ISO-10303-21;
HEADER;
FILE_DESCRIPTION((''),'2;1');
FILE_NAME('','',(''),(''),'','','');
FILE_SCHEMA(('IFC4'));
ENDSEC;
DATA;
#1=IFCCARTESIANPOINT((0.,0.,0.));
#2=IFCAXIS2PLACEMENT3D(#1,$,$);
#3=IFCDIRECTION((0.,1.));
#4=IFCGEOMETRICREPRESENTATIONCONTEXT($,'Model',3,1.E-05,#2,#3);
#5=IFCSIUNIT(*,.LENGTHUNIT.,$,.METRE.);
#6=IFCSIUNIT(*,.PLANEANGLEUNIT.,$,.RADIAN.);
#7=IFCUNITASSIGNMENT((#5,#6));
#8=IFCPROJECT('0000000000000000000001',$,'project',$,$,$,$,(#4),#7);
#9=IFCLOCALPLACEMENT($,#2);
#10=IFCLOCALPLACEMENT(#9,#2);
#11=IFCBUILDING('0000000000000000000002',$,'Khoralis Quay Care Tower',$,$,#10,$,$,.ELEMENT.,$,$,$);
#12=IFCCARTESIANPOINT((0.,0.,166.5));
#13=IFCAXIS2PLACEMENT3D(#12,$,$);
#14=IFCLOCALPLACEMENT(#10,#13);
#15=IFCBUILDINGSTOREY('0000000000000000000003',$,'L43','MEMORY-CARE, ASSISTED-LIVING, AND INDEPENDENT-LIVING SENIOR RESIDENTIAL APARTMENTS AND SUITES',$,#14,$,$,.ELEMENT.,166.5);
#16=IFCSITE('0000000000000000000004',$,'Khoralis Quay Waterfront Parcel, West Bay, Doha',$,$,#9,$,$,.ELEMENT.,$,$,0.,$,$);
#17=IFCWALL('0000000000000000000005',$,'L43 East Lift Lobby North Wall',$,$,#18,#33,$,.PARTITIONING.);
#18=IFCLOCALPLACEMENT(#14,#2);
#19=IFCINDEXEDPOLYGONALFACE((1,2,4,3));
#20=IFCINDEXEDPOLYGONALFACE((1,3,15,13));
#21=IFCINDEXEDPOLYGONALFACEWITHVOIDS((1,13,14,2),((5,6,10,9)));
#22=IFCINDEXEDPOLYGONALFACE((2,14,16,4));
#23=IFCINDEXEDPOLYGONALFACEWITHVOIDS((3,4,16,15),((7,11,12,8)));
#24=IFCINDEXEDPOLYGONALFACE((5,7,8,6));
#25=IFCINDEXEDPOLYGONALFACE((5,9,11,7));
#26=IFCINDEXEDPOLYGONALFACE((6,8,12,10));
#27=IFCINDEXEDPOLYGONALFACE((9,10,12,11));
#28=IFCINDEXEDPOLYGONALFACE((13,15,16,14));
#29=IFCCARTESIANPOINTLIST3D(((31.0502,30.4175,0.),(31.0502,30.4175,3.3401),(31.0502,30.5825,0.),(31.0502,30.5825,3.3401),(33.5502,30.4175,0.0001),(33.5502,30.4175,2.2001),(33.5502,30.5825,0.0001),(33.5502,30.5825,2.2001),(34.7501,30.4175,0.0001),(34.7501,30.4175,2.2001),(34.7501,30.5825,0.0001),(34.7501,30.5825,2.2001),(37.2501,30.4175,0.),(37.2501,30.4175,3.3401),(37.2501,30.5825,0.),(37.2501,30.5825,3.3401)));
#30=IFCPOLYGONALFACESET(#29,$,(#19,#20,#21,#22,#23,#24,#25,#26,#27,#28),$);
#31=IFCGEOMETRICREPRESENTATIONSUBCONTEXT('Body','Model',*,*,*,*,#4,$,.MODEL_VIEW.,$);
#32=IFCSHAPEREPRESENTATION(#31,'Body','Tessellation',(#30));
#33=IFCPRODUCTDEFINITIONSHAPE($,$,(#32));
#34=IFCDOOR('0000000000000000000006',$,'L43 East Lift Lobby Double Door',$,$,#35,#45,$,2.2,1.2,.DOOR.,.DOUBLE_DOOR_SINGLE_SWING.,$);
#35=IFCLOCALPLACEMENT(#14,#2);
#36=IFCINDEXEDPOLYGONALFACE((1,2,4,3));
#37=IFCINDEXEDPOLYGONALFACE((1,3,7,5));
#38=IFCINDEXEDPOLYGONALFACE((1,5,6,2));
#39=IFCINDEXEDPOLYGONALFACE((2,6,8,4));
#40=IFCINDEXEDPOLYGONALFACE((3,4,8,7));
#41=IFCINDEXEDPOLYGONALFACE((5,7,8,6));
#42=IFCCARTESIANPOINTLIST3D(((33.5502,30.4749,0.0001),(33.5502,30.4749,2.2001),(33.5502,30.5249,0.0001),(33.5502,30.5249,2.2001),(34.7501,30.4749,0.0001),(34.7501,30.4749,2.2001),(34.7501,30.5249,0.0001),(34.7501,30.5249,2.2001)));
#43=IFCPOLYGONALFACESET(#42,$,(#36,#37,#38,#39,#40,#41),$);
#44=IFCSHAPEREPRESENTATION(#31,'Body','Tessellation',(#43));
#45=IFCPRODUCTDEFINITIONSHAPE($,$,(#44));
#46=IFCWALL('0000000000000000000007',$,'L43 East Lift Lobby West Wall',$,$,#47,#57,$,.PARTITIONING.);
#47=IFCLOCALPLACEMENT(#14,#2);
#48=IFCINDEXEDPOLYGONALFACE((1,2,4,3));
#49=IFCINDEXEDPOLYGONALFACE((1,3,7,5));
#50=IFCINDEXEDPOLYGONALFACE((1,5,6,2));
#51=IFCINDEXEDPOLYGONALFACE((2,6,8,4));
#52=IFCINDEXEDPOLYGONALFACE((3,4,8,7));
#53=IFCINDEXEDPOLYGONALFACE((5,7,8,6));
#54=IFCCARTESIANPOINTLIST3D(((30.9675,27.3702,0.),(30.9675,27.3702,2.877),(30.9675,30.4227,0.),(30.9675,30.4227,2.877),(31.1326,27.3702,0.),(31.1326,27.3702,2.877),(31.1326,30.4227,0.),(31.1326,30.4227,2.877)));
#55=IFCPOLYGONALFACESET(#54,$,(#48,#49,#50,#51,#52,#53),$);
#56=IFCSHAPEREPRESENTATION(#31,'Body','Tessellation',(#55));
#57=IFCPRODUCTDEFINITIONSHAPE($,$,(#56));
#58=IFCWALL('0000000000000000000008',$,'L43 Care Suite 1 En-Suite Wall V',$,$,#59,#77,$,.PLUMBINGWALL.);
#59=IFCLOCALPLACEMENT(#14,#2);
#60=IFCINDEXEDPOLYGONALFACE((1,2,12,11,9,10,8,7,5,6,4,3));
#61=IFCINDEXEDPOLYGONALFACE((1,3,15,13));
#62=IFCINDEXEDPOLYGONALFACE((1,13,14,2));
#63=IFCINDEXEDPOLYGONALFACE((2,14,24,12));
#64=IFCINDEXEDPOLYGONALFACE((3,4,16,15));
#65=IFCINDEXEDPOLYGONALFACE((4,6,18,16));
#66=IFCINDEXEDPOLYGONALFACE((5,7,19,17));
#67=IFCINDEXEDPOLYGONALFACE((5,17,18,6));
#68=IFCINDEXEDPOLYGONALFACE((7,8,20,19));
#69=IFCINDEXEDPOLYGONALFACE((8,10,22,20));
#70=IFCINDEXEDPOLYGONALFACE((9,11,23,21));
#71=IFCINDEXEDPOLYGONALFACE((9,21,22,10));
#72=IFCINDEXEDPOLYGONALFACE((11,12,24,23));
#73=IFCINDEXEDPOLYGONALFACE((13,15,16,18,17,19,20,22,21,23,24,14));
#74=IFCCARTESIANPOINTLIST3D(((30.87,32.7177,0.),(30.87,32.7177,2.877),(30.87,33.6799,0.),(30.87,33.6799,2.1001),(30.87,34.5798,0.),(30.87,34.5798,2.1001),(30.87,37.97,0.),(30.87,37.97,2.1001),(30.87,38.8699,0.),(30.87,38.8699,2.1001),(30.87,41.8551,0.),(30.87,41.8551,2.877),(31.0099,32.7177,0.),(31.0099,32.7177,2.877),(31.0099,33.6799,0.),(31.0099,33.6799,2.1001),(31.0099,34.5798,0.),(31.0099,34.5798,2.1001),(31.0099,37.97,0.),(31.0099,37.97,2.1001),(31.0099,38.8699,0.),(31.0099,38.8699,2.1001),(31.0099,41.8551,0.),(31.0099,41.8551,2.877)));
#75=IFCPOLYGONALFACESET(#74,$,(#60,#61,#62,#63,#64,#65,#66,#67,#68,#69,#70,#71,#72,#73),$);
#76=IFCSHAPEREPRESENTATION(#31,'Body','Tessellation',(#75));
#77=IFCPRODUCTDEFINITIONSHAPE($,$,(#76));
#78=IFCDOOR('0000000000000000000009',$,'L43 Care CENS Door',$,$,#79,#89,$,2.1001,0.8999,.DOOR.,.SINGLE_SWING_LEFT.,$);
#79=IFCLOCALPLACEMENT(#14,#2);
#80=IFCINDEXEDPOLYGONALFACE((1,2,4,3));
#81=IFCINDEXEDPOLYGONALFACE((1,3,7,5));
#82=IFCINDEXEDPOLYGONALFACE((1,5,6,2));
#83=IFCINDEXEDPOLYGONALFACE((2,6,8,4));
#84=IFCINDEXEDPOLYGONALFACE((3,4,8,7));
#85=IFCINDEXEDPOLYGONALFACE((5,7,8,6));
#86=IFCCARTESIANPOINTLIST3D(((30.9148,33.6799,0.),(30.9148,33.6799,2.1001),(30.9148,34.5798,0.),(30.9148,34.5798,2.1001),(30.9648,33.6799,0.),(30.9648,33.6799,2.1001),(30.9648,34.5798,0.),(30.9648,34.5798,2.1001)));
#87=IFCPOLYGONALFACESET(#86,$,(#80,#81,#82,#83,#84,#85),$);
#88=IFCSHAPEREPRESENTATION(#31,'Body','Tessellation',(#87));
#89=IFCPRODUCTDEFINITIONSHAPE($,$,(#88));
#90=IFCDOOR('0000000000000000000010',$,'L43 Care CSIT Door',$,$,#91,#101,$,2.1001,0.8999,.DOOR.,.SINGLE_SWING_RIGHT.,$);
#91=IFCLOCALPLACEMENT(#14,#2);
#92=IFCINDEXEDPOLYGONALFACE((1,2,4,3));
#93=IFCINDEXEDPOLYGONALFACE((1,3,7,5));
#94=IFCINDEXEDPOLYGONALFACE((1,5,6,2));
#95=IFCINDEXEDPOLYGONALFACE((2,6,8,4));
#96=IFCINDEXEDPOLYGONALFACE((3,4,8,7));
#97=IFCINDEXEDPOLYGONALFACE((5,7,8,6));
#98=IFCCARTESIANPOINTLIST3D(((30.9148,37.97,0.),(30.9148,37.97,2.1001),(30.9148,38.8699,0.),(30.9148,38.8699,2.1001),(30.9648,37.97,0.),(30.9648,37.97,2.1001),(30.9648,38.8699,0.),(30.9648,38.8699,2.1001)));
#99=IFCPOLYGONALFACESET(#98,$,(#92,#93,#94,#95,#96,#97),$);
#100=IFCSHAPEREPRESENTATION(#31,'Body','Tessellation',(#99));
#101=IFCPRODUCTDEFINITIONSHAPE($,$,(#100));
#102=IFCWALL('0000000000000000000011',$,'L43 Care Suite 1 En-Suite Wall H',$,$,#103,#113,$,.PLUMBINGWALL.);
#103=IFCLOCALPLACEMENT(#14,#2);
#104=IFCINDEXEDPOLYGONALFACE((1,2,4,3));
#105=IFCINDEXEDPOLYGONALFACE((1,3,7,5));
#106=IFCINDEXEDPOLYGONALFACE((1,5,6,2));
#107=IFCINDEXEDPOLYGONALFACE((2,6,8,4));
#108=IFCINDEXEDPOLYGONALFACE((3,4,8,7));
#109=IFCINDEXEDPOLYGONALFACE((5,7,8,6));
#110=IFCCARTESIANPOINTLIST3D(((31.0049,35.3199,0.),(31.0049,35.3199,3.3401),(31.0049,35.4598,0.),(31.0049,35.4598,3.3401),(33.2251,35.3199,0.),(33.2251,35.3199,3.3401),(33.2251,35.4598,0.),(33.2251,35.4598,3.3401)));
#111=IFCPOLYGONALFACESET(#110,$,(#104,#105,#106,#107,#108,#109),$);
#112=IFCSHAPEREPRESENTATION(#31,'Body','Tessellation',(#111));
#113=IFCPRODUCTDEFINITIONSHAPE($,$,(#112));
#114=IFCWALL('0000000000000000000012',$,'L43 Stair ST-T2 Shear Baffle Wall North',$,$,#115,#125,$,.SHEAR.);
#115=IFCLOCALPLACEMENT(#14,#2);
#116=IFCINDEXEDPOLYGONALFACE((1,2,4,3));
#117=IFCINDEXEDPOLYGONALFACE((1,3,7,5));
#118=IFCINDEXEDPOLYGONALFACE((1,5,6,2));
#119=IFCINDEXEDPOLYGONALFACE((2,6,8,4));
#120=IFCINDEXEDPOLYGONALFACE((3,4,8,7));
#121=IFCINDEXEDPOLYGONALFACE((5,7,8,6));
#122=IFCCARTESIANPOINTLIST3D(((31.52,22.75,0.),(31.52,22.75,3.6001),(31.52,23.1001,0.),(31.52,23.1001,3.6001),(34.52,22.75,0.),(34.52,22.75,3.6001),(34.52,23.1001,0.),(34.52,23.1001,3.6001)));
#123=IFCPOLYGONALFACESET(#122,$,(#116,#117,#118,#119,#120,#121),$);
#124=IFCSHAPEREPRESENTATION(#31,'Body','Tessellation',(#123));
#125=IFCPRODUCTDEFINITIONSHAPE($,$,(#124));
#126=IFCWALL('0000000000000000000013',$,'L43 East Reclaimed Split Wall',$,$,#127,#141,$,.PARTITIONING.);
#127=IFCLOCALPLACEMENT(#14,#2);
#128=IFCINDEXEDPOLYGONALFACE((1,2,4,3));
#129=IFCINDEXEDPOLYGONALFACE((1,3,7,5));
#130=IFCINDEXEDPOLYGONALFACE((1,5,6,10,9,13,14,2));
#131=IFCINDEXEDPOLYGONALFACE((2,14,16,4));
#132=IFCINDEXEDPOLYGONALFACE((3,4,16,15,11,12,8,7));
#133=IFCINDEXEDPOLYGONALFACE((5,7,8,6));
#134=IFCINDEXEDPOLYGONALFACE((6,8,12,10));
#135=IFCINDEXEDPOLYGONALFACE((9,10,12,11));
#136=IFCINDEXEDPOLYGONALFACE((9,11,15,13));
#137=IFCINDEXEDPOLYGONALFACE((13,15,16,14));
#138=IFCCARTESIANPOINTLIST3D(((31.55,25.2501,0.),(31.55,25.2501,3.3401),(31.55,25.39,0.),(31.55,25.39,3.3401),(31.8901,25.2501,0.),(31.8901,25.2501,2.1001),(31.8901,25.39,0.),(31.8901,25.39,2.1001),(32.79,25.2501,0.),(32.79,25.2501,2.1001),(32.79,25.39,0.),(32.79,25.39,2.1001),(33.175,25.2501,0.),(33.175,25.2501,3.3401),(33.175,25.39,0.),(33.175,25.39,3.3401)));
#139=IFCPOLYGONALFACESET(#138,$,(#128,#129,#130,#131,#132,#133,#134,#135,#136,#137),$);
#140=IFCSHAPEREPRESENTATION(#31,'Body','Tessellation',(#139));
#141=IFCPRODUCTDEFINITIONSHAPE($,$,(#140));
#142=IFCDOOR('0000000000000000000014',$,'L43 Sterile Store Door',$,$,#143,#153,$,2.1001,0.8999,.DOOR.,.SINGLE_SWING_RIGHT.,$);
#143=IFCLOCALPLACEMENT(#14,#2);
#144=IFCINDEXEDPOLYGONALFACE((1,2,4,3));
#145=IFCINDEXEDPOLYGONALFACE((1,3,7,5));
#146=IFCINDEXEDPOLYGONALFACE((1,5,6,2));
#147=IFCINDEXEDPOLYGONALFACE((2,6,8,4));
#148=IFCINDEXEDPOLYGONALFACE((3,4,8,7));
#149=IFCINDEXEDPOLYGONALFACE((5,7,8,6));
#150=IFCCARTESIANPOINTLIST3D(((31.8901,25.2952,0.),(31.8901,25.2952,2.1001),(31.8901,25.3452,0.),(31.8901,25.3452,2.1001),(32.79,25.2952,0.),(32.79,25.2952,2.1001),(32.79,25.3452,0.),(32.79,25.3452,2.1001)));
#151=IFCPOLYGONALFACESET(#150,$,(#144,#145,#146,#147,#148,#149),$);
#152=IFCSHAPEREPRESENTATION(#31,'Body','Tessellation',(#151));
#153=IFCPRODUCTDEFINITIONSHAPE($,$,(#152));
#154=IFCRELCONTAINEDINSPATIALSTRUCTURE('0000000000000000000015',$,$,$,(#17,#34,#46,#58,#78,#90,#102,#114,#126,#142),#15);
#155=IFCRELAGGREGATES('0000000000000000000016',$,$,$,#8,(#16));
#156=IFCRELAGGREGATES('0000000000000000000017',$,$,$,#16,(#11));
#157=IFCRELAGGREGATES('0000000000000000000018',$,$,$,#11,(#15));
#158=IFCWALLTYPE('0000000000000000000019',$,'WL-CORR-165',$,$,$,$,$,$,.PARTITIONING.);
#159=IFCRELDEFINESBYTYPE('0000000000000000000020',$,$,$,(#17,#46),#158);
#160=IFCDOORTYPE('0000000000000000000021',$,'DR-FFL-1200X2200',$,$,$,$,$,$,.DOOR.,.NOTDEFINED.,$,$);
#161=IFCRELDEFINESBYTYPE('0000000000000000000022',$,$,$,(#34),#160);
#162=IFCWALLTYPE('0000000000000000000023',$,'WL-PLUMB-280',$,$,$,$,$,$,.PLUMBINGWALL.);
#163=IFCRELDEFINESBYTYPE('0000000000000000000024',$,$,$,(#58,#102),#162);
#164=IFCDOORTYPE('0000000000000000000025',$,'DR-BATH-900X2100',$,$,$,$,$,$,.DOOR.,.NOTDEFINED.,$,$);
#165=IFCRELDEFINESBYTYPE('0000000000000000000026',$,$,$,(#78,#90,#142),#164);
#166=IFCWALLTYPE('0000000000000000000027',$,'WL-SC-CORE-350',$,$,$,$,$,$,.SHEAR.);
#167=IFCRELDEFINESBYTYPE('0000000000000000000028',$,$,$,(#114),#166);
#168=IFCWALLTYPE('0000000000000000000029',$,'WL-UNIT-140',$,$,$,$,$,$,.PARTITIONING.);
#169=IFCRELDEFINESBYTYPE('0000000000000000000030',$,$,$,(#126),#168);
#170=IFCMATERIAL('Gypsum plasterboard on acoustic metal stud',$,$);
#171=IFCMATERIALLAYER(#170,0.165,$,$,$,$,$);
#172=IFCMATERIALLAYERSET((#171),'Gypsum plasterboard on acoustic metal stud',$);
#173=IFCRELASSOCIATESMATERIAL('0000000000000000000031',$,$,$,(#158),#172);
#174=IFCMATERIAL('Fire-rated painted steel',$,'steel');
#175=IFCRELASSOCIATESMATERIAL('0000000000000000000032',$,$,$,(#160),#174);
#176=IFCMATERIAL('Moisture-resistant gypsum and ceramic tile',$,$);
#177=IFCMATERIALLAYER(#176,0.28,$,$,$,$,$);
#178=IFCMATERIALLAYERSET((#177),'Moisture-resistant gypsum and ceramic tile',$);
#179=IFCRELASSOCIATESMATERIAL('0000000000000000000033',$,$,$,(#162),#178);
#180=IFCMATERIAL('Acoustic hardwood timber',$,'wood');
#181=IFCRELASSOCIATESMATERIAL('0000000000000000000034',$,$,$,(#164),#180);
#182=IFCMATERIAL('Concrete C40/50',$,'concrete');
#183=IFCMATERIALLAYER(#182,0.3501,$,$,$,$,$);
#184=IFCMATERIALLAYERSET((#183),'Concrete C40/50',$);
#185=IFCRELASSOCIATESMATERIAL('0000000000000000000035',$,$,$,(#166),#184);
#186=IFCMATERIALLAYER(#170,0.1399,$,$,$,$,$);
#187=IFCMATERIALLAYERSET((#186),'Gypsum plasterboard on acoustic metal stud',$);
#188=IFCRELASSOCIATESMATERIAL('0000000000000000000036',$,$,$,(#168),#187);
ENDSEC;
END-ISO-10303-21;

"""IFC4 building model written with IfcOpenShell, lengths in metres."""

from ifc_helpers import new_model, si_unit, direction, frame, frame_2d, origin, place, context, subcontext, project, spatial, rectangle, extrude, source, transform, mapped, material, layer, layer_set, type_object, element, fill, save


model = new_model("IFC4")

# Units and contexts
model_context = context("Model", 3, precision=1e-05, world=origin(), true_north=direction((0.0, 1.0)))
body_context = subcontext(model_context, "Body", "Model", "MODEL_VIEW")
ifc_project = project(units=[si_unit("LENGTHUNIT", "METRE"), si_unit("PLANEANGLEUNIT", "RADIAN")], contexts=[model_context])

# Site, building, storey
site_placement = place(None, origin())
site = spatial("IfcSite", under=ifc_project, at=site_placement, Name="Khoralis Quay Waterfront Parcel, West Bay, Doha", CompositionType="ELEMENT", RefElevation=0.0)
building_placement = place(site_placement, origin())
building = spatial("IfcBuilding", under=site, at=building_placement, Name="Khoralis Quay Care Tower", CompositionType="ELEMENT")
storey_placement = place(building_placement, frame((0.0, 0.0, 166.5)))
storey = spatial("IfcBuildingStorey", under=building, at=storey_placement, Name="L43", Description="MEMORY-CARE, ASSISTED-LIVING, AND INDEPENDENT-LIVING SENIOR RESIDENTIAL APARTMENTS AND SUITES", CompositionType="ELEMENT", Elevation=166.5)

# Shared definitions
ifc_material_1 = material(Name="Acoustic hardwood timber", Category="wood")

# Wall, opening, door
ifc_material_2 = material(Name="Gypsum plasterboard on acoustic metal stud")
ifc_layer_1 = layer(ifc_material_2, 0.165)
ifc_layer_set_1 = layer_set([ifc_layer_1], Name="Gypsum plasterboard on acoustic metal stud")
wall_type_1 = type_object("IfcWallType", Name="WL-CORR-165", PredefinedType="PARTITIONING", material=ifc_layer_set_1)
wall_1_placement = place(storey_placement, frame((31.05, 30.5, 0.0), z_axis=(0.0, 0.0, 1.0), x_axis=(1.0, 0.0, 0.0)))
wall_1 = element("IfcWall", 1, at=wall_1_placement, inside=storey, type_object=wall_type_1, Name="L43 East Lift Lobby North Wall", PredefinedType="PARTITIONING", context=body_context, shape_type="SweptSolid", body=[
    extrude(rectangle(XDim=6.2, YDim=0.165, at=frame_2d((3.1001, 0.0))), origin(), (0.0, 0.0, 1.0), 3.3401),
])
opening_1_placement = place(wall_1_placement, frame((2.5, 0.0, 0.0)))
opening_1 = element("IfcOpeningElement", 2, at=opening_1_placement, cuts=wall_1, PredefinedType="OPENING", context=body_context, shape_type="SweptSolid", body=[
    extrude(rectangle(XDim=1.2, YDim=2.2, at=frame_2d((0.6001, 1.1001))), frame((0.0, 0.0925, 0.0), z_axis=(0.0, -1.0, 0.0), x_axis=(1.0, 0.0, 0.0)), (0.0, 0.0, 1.0), 0.1851),
])
ifc_material_3 = material(Name="Fire-rated painted steel", Category="steel")
door_type_1 = type_object("IfcDoorType", Name="DR-FFL-1200X2200", OperationType="NOTDEFINED", PredefinedType="DOOR", material=ifc_material_3)
shared_shape_1 = source(origin(), body_context, "Body", "SweptSolid", [
    extrude(rectangle(XDim=1.2, YDim=2.2, at=frame_2d((0.6001, 1.1001))), frame((0.0, 0.0249, 0.0), z_axis=(0.0, -1.0, 0.0), x_axis=(1.0, 0.0, 0.0)), (0.0, 0.0, 1.0), 0.05),
])
door_1_placement = place(opening_1_placement, origin())
door_1 = element("IfcDoor", 3, at=door_1_placement, inside=storey, type_object=door_type_1, Name="L43 East Lift Lobby Double Door", OperationType="DOUBLE_DOOR_SINGLE_SWING", OverallHeight=2.2, OverallWidth=1.2, PredefinedType="DOOR", context=body_context, shape_type="MappedRepresentation", body=[
    mapped(shared_shape_1, transform((0.0, 0.0, 0.0), scale=1.0)),
])
fill(opening_1, door_1)

# Wall
wall_2_placement = place(storey_placement, frame((31.05, 27.3701, 0.0), z_axis=(0.0, 0.0, 1.0), x_axis=(0.0, 1.0, 0.0)))
element("IfcWall", 4, at=wall_2_placement, inside=storey, type_object=wall_type_1, Name="L43 East Lift Lobby West Wall", PredefinedType="PARTITIONING", context=body_context, shape_type="SweptSolid", body=[
    extrude(rectangle(XDim=3.0525, YDim=0.165, at=frame_2d((1.5264, 0.0))), origin(), (0.0, 0.0, 1.0), 2.877),
])

# Wall, openings, doors
ifc_material_4 = material(Name="Moisture-resistant gypsum and ceramic tile")
ifc_layer_2 = layer(ifc_material_4, 0.28)
ifc_layer_set_2 = layer_set([ifc_layer_2], Name="Moisture-resistant gypsum and ceramic tile")
wall_type_2 = type_object("IfcWallType", Name="WL-PLUMB-280", PredefinedType="PLUMBINGWALL", material=ifc_layer_set_2)
wall_3_placement = place(storey_placement, frame((30.9399, 32.7175, 0.0), z_axis=(0.0, 0.0, 1.0), x_axis=(0.0, 1.0, 0.0)))
wall_3 = element("IfcWall", 5, at=wall_3_placement, inside=storey, type_object=wall_type_2, Name="L43 Care Suite 1 En-Suite Wall V", PredefinedType="PLUMBINGWALL", context=body_context, shape_type="SweptSolid", body=[
    extrude(rectangle(XDim=9.1375, YDim=0.1399, at=frame_2d((4.5688, 0.0))), origin(), (0.0, 0.0, 1.0), 2.877),
])
opening_2_placement = place(wall_3_placement, frame((0.9624, 0.0, 0.0)))
opening_2 = element("IfcOpeningElement", 6, at=opening_2_placement, cuts=wall_3, PredefinedType="OPENING", context=body_context, shape_type="SweptSolid", body=[
    extrude(rectangle(XDim=0.8999, YDim=2.1001, at=frame_2d((0.45, 1.05))), frame((0.0, 0.0801, 0.0), z_axis=(0.0, -1.0, 0.0), x_axis=(1.0, 0.0, 0.0)), (0.0, 0.0, 1.0), 0.1599),
])
opening_3_placement = place(wall_3_placement, frame((5.2524, 0.0, 0.0)))
opening_3 = element("IfcOpeningElement", 7, at=opening_3_placement, cuts=wall_3, PredefinedType="OPENING", context=body_context, shape_type="SweptSolid", body=[
    extrude(rectangle(XDim=0.8999, YDim=2.1001, at=frame_2d((0.45, 1.05))), frame((0.0, 0.0801, 0.0), z_axis=(0.0, -1.0, 0.0), x_axis=(1.0, 0.0, 0.0)), (0.0, 0.0, 1.0), 0.1599),
])
door_type_2 = type_object("IfcDoorType", Name="DR-BATH-900X2100", OperationType="NOTDEFINED", PredefinedType="DOOR", material=ifc_material_1)
shared_shape_2 = source(origin(), body_context, "Body", "SweptSolid", [
    extrude(rectangle(XDim=0.8999, YDim=2.1001, at=frame_2d((0.45, 1.05))), frame((0.0, 0.0249, 0.0), z_axis=(0.0, -1.0, 0.0), x_axis=(1.0, 0.0, 0.0)), (0.0, 0.0, 1.0), 0.05),
])
door_2_placement = place(opening_2_placement, frame((0.8999, 0.0, 0.0), z_axis=(0.0, 0.0, 1.0), x_axis=(-1.0, 0.0, 0.0)))
door_2 = element("IfcDoor", 8, at=door_2_placement, inside=storey, type_object=door_type_2, Name="L43 Care CENS Door", OperationType="SINGLE_SWING_LEFT", OverallHeight=2.1001, OverallWidth=0.8999, PredefinedType="DOOR", context=body_context, shape_type="MappedRepresentation", body=[
    mapped(shared_shape_2, transform((0.0, 0.0, 0.0), scale=1.0)),
])
fill(opening_2, door_2)
door_3_placement = place(opening_3_placement, frame((0.8999, 0.0, 0.0), z_axis=(0.0, 0.0, 1.0), x_axis=(-1.0, 0.0, 0.0)))
door_3 = element("IfcDoor", 9, at=door_3_placement, inside=storey, type_object=door_type_2, Name="L43 Care CSIT Door", OperationType="SINGLE_SWING_RIGHT", OverallHeight=2.1001, OverallWidth=0.8999, PredefinedType="DOOR", context=body_context, shape_type="MappedRepresentation", body=[
    mapped(shared_shape_2, transform((0.0, 0.0, 0.0), scale=1.0)),
])
fill(opening_3, door_3)

# Walls
wall_4_placement = place(storey_placement, frame((31.0049, 35.3899, 0.0), z_axis=(0.0, 0.0, 1.0), x_axis=(1.0, 0.0, 0.0)))
element("IfcWall", 10, at=wall_4_placement, inside=storey, type_object=wall_type_2, Name="L43 Care Suite 1 En-Suite Wall H", PredefinedType="PLUMBINGWALL", context=body_context, shape_type="SweptSolid", body=[
    extrude(rectangle(XDim=2.2202, YDim=0.1399, at=frame_2d((1.1101, 0.0))), origin(), (0.0, 0.0, 1.0), 3.3401),
])
ifc_material_5 = material(Name="Concrete C40/50", Category="concrete")
ifc_layer_3 = layer(ifc_material_5, 0.3501)
ifc_layer_set_3 = layer_set([ifc_layer_3], Name="Concrete C40/50")
wall_type_3 = type_object("IfcWallType", Name="WL-SC-CORE-350", PredefinedType="SHEAR", material=ifc_layer_set_3)
wall_5_placement = place(storey_placement, frame((31.52, 22.925, 0.0), z_axis=(0.0, 0.0, 1.0), x_axis=(1.0, 0.0, 0.0)))
element("IfcWall", 11, at=wall_5_placement, inside=storey, type_object=wall_type_3, Name="L43 Stair ST-T2 Shear Baffle Wall North", PredefinedType="SHEAR", context=body_context, shape_type="SweptSolid", body=[
    extrude(rectangle(XDim=3.0, YDim=0.3501, at=frame_2d((1.5, 0.0))), origin(), (0.0, 0.0, 1.0), 3.6001),
])

# Wall, opening, door
ifc_layer_4 = layer(ifc_material_2, 0.1399)
ifc_layer_set_4 = layer_set([ifc_layer_4], Name="Gypsum plasterboard on acoustic metal stud")
wall_type_4 = type_object("IfcWallType", Name="WL-UNIT-140", PredefinedType="PARTITIONING", material=ifc_layer_set_4)
wall_6_placement = place(storey_placement, frame((31.55, 25.3201, 0.0), z_axis=(0.0, 0.0, 1.0), x_axis=(1.0, 0.0, 0.0)))
wall_6 = element("IfcWall", 12, at=wall_6_placement, inside=storey, type_object=wall_type_4, Name="L43 East Reclaimed Split Wall", PredefinedType="PARTITIONING", context=body_context, shape_type="SweptSolid", body=[
    extrude(rectangle(XDim=1.625, YDim=0.1399, at=frame_2d((0.8125, 0.0))), origin(), (0.0, 0.0, 1.0), 3.3401),
])
opening_4_placement = place(wall_6_placement, frame((0.3401, 0.0, 0.0)))
opening_4 = element("IfcOpeningElement", 13, at=opening_4_placement, cuts=wall_6, PredefinedType="OPENING", context=body_context, shape_type="SweptSolid", body=[
    extrude(rectangle(XDim=0.8999, YDim=2.1001, at=frame_2d((0.45, 1.05))), frame((0.0, 0.0801, 0.0), z_axis=(0.0, -1.0, 0.0), x_axis=(1.0, 0.0, 0.0)), (0.0, 0.0, 1.0), 0.1599),
])
door_4_placement = place(opening_4_placement, frame((0.8999, 0.0, 0.0), z_axis=(0.0, 0.0, 1.0), x_axis=(-1.0, 0.0, 0.0)))
door_4 = element("IfcDoor", 14, at=door_4_placement, inside=storey, type_object=door_type_2, Name="L43 Sterile Store Door", OperationType="SINGLE_SWING_RIGHT", OverallHeight=2.1001, OverallWidth=0.8999, PredefinedType="DOOR", context=body_context, shape_type="MappedRepresentation", body=[
    mapped(shared_shape_2, transform((0.0, 0.0, 0.0), scale=1.0)),
])
fill(opening_4, door_4)

save(model, "model.ifc")
